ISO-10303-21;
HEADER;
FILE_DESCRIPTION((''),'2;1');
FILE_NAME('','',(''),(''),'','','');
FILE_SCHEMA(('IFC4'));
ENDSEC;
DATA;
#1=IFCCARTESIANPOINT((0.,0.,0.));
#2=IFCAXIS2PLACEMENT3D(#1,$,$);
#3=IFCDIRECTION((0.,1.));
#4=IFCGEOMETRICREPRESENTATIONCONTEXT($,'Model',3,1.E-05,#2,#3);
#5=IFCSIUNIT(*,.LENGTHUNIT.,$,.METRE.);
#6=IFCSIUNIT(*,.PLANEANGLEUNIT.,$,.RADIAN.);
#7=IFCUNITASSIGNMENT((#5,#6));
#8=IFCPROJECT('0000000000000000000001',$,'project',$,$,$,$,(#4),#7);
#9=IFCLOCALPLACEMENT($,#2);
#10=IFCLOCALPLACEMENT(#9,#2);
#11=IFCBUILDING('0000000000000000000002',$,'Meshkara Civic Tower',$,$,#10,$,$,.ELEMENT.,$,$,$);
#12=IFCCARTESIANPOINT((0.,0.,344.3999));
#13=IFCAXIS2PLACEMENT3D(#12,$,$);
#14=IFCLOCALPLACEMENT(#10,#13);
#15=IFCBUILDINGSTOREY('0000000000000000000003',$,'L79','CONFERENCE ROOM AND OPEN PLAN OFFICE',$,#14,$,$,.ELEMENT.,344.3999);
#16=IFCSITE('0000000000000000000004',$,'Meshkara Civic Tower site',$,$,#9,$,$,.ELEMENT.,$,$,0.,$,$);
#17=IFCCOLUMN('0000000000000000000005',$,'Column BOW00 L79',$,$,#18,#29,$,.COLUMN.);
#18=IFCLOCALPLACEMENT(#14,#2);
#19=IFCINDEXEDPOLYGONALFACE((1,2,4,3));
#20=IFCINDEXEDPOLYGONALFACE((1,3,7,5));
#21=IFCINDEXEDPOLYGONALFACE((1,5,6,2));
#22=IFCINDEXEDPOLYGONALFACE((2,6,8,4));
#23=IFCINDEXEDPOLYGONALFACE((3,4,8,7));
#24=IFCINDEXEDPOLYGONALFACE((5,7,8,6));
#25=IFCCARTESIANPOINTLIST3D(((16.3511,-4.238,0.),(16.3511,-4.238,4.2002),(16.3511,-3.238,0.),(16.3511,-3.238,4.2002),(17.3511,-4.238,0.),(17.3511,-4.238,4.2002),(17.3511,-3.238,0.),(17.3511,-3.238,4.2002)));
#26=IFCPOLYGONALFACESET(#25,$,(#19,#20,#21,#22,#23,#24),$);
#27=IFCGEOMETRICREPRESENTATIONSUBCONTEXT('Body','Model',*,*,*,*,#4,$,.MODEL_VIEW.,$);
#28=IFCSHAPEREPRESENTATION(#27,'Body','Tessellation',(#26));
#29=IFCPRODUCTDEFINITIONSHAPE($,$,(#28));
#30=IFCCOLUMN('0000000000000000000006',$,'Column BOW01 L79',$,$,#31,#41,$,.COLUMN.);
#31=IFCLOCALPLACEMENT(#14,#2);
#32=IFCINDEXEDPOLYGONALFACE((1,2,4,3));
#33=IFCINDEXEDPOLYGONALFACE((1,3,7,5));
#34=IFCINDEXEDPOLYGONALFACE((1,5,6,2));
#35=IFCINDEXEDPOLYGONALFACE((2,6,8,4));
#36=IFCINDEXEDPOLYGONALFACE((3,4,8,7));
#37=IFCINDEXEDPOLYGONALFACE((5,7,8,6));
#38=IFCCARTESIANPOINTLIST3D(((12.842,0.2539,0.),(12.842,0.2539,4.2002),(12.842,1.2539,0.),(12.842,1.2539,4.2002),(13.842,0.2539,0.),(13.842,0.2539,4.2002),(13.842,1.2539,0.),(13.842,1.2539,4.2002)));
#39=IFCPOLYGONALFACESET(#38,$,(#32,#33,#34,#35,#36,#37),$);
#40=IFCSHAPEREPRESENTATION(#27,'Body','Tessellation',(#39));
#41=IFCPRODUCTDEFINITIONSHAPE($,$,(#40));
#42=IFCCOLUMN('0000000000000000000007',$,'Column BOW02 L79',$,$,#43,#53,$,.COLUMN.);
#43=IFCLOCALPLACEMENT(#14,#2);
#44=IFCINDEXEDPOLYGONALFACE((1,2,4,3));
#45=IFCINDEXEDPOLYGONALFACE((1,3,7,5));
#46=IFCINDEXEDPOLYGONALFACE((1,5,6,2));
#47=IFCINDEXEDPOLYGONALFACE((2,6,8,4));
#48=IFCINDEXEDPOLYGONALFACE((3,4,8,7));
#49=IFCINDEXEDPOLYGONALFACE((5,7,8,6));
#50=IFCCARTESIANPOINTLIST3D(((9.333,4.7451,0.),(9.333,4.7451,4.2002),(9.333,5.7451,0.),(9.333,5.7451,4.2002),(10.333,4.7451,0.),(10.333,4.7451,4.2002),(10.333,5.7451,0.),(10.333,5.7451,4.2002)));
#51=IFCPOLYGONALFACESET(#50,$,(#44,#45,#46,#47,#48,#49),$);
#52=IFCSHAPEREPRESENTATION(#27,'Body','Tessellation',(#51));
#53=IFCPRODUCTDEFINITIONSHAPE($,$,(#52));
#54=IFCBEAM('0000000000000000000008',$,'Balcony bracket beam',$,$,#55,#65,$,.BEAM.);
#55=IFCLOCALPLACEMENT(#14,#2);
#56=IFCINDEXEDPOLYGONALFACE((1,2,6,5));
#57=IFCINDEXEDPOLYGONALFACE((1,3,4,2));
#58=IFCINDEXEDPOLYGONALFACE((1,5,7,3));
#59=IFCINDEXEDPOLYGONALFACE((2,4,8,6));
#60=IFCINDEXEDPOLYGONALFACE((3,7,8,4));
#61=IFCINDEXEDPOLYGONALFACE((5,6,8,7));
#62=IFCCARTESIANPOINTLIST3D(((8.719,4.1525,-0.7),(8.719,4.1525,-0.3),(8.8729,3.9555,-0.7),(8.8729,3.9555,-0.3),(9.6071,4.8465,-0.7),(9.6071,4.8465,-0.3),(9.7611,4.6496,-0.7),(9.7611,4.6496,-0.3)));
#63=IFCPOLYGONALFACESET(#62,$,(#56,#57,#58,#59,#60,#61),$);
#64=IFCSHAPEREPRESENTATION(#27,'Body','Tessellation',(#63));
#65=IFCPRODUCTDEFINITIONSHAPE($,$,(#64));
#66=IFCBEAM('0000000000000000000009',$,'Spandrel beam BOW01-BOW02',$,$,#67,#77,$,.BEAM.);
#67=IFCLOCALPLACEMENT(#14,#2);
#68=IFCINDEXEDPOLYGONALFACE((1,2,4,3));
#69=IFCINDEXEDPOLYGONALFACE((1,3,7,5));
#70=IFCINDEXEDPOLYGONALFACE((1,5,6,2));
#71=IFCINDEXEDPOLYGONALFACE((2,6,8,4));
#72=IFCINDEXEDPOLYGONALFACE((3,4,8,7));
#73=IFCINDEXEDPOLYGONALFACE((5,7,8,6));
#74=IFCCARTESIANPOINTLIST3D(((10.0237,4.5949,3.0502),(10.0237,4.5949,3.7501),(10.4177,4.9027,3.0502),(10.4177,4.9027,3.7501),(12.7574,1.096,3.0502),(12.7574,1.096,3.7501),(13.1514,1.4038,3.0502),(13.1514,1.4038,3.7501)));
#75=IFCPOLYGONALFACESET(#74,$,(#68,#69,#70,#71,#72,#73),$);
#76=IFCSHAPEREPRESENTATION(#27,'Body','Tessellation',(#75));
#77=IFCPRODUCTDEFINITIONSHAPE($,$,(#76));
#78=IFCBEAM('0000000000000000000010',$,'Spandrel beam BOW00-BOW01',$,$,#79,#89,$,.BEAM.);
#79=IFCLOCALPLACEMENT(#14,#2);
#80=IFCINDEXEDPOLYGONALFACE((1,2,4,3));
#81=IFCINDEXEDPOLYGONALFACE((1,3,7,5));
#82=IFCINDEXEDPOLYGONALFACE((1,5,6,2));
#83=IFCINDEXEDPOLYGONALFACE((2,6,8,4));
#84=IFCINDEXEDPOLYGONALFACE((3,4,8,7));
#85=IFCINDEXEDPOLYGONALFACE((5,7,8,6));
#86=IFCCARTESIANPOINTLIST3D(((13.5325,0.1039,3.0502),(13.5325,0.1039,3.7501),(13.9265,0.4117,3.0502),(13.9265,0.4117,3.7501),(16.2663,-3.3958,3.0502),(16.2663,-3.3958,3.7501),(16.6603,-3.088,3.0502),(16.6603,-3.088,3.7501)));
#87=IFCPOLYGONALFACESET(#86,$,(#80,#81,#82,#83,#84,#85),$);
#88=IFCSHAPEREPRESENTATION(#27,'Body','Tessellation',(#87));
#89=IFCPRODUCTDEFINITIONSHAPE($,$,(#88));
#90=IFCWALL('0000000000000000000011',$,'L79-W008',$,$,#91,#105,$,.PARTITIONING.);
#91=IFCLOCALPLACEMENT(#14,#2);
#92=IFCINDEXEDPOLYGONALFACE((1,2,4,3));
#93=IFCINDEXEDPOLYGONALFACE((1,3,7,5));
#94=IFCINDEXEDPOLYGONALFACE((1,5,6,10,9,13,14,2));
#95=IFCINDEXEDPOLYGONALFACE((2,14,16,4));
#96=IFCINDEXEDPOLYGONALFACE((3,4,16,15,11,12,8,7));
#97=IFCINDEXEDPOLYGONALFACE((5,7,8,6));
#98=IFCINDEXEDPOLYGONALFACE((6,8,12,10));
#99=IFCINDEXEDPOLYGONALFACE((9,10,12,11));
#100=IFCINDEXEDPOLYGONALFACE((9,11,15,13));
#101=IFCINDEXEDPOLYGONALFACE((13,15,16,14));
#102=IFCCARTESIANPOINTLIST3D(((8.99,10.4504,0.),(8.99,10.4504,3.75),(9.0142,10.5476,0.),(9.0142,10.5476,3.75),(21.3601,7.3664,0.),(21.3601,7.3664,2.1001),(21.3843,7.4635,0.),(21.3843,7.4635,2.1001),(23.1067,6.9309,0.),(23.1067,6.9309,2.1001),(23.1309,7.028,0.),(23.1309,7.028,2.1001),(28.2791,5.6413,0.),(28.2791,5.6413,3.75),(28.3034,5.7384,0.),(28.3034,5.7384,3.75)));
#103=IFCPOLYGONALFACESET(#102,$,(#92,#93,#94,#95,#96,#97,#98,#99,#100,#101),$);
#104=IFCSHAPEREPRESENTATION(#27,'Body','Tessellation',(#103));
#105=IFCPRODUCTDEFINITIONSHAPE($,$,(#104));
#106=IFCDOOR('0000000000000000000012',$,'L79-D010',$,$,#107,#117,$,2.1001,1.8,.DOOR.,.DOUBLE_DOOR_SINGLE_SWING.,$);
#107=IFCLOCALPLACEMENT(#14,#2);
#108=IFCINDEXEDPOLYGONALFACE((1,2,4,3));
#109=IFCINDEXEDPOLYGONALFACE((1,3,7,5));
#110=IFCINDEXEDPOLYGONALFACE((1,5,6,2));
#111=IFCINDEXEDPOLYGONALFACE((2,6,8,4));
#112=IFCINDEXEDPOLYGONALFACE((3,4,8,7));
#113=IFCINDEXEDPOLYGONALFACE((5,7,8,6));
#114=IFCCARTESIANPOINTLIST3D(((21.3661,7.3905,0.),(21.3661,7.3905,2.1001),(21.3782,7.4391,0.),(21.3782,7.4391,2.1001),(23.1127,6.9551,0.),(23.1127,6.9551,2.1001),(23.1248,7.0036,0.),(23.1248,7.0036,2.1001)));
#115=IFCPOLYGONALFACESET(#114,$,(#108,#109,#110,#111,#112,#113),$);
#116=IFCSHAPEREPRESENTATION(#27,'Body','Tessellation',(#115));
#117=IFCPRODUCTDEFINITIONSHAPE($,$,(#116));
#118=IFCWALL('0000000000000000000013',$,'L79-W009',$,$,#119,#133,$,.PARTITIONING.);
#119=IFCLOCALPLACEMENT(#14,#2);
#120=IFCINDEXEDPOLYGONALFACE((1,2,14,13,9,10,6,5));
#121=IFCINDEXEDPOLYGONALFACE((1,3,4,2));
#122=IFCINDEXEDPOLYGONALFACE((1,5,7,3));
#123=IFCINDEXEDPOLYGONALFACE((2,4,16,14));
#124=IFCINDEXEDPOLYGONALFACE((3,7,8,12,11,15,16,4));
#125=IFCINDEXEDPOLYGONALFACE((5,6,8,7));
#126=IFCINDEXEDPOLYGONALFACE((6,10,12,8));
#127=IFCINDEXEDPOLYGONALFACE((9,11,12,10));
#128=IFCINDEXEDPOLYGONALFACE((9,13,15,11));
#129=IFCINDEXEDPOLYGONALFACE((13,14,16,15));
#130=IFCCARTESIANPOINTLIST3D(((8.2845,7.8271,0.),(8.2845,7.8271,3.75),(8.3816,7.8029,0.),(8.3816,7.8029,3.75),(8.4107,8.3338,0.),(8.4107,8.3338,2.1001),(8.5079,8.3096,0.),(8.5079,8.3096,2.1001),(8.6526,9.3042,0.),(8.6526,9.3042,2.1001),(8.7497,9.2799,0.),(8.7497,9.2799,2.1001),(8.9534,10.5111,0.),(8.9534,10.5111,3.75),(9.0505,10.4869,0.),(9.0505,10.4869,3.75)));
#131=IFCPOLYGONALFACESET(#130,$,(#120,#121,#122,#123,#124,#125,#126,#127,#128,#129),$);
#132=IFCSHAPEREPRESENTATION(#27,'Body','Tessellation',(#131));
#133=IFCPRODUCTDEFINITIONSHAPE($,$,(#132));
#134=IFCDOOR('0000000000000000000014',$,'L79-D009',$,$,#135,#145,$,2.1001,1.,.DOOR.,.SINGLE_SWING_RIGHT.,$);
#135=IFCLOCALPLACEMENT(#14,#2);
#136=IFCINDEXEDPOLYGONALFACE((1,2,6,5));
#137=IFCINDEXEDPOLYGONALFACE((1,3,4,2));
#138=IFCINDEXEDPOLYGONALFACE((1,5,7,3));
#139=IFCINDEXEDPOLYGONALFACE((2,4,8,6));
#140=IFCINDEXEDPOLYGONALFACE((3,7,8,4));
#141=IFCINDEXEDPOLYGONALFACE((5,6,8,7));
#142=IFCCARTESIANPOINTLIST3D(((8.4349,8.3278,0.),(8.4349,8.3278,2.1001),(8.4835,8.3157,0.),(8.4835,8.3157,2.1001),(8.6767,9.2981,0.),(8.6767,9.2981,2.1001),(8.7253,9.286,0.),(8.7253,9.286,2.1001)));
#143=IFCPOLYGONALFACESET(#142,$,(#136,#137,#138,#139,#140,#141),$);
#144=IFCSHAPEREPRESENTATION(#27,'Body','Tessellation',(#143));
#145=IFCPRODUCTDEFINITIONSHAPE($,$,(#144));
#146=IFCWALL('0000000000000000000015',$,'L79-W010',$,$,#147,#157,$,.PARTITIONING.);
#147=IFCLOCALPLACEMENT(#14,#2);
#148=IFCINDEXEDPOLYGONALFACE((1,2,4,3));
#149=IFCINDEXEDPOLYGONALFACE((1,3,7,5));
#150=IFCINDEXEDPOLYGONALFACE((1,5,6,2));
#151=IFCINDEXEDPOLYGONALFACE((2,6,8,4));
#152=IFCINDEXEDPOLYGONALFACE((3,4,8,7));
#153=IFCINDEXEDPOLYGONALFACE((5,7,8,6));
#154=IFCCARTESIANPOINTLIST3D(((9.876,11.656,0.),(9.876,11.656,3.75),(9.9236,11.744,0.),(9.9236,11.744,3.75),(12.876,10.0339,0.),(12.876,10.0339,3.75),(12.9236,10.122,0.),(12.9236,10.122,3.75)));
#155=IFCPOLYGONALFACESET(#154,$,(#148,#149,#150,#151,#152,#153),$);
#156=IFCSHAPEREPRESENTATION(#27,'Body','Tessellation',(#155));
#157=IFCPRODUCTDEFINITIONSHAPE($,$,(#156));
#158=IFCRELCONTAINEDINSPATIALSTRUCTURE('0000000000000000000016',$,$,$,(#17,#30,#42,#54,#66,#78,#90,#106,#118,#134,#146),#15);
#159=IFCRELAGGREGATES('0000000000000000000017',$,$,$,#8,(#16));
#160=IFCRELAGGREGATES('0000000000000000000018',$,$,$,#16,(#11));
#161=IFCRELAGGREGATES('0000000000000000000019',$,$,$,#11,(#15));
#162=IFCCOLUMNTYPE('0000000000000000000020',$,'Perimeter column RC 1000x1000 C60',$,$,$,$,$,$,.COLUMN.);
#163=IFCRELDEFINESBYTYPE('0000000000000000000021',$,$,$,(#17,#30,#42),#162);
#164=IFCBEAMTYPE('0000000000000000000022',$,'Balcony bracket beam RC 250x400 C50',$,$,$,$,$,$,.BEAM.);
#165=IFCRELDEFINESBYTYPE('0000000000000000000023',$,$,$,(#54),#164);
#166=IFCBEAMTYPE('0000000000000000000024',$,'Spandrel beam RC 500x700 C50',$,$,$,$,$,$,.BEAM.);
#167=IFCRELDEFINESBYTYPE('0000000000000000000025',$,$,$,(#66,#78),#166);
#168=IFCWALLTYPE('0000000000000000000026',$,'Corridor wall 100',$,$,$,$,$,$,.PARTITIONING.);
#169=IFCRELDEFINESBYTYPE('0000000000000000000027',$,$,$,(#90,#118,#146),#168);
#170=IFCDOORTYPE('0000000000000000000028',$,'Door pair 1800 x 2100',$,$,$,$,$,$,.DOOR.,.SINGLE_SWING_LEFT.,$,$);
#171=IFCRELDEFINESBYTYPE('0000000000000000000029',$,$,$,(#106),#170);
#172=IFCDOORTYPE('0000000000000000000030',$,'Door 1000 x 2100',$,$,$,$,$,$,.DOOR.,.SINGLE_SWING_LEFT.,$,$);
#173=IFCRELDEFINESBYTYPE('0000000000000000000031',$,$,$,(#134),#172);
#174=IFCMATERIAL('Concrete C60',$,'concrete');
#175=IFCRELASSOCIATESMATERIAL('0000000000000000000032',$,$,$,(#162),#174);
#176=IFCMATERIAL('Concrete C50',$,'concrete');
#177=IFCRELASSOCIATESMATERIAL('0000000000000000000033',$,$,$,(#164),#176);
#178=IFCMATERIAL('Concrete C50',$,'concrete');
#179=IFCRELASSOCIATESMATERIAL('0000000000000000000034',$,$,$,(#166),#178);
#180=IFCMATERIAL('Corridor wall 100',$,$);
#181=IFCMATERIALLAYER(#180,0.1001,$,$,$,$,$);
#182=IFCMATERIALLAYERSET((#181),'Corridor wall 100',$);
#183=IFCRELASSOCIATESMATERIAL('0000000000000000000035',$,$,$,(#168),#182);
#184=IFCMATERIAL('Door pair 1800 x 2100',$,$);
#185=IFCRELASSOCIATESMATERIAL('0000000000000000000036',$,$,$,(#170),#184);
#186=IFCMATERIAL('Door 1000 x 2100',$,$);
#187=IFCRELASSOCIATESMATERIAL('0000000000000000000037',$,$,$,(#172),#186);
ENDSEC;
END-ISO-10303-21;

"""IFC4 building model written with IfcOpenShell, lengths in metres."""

from ifc_helpers import new_model, si_unit, direction, frame, frame_2d, origin, origin_2d, place, context, subcontext, project, spatial, rectangle, extrude, material, layer, layer_set, material_profile, profile_set, type_object, element, fill, save


model = new_model("IFC4")

# Units and contexts
model_context = context("Model", 3, precision=1e-05, world=origin(), true_north=direction((0.0, 1.0)))
body_context = subcontext(model_context, "Body", "Model", "MODEL_VIEW")
ifc_project = project(units=[si_unit("LENGTHUNIT", "METRE"), si_unit("PLANEANGLEUNIT", "RADIAN")], contexts=[model_context])

# Site, building, storey
site_placement = place(None, origin())
site = spatial("IfcSite", under=ifc_project, at=site_placement, Name="Meshkara Civic Tower site", CompositionType="ELEMENT", RefElevation=0.0)
building_placement = place(site_placement, origin())
building = spatial("IfcBuilding", under=site, at=building_placement, Name="Meshkara Civic Tower", CompositionType="ELEMENT")
storey_placement = place(building_placement, frame((0.0, 0.0, 344.3999)))
storey = spatial("IfcBuildingStorey", under=building, at=storey_placement, Name="L79", Description="CONFERENCE ROOM AND OPEN PLAN OFFICE", CompositionType="ELEMENT", Elevation=344.3999)

# Columns
ifc_material_1 = material(Name="Concrete C60", Category="concrete")
ifc_material_profile_1 = material_profile(ifc_material_1, rectangle(XDim=1.0, YDim=1.0, at=origin_2d()))
ifc_profile_set_1 = profile_set([ifc_material_profile_1], Name="Concrete C60")
column_type = type_object("IfcColumnType", Name="Perimeter column RC 1000x1000 C60", PredefinedType="COLUMN", material=ifc_profile_set_1)
for number, where, z_axis, x_axis, name in (
    (1, (16.8511, -3.738, 0.0), (0.0, 0.0, 1.0), (1.0, 0.0, 0.0), "Column BOW00 L79"),
    (2, (13.342, 0.7539, 0.0), (0.0, 0.0, 1.0), (1.0, 0.0, 0.0), "Column BOW01 L79"),
    (3, (9.833, 5.2451, 0.0), (0.0, 0.0, 1.0), (1.0, 0.0, 0.0), "Column BOW02 L79"),
):
    element("IfcColumn", number, at=place(storey_placement, frame(where, z_axis=z_axis, x_axis=x_axis)), inside=storey, type_object=column_type, Name=name, PredefinedType="COLUMN", context=body_context, shape_type="SweptSolid", body=[
        extrude(rectangle(XDim=1.0, YDim=1.0, at=origin_2d()), origin(), (0.0, 0.0, 1.0), 4.2002),
    ])

# Beams
ifc_material_2 = material(Name="Concrete C50", Category="concrete")
ifc_material_profile_2 = material_profile(ifc_material_2, rectangle(XDim=0.25, YDim=0.3999, at=origin_2d()))
ifc_profile_set_2 = profile_set([ifc_material_profile_2], Name="Concrete C50")
beam_type_1 = type_object("IfcBeamType", Name="Balcony bracket beam RC 250x400 C50", PredefinedType="BEAM", material=ifc_profile_set_2)
beam_1_placement = place(storey_placement, frame((9.6841, 4.748, -0.5), z_axis=(-0.787939, -0.615753, 0.0), x_axis=(0.615753, -0.787939, 0.0)))
element("IfcBeam", 4, at=beam_1_placement, inside=storey, type_object=beam_type_1, Name="Balcony bracket beam", PredefinedType="BEAM", context=body_context, shape_type="SweptSolid", body=[
    extrude(rectangle(XDim=0.25, YDim=0.3999, at=origin_2d()), origin(), (0.0, 0.0, 1.0), 1.1272),
])
ifc_material_3 = material(Name="Concrete C50", Category="concrete")
ifc_material_profile_3 = material_profile(ifc_material_3, rectangle(XDim=0.5, YDim=0.7, at=origin_2d()))
ifc_profile_set_3 = profile_set([ifc_material_profile_3], Name="Concrete C50")
beam_type_2 = type_object("IfcBeamType", Name="Spandrel beam RC 500x700 C50", PredefinedType="BEAM", material=ifc_profile_set_3)
beam_2_placement = place(storey_placement, frame((10.2207, 4.7488, 3.4001), z_axis=(0.615675, -0.788, 0.0), x_axis=(0.788, 0.615675, 0.0)))
element("IfcBeam", 5, at=beam_2_placement, inside=storey, type_object=beam_type_2, Name="Spandrel beam BOW01-BOW02", PredefinedType="BEAM", context=body_context, shape_type="SweptSolid", body=[
    extrude(rectangle(XDim=0.5, YDim=0.7, at=origin_2d()), origin(), (0.0, 0.0, 1.0), 4.4402),
])
beam_3_placement = place(storey_placement, frame((13.7295, 0.2578, 3.4001), z_axis=(0.615602, -0.788057, 0.0), x_axis=(0.788057, 0.615602, 0.0)))
element("IfcBeam", 6, at=beam_3_placement, inside=storey, type_object=beam_type_2, Name="Spandrel beam BOW00-BOW01", PredefinedType="BEAM", context=body_context, shape_type="SweptSolid", body=[
    extrude(rectangle(XDim=0.5, YDim=0.7, at=origin_2d()), origin(), (0.0, 0.0, 1.0), 4.4409),
])

# Walls, openings, doors
ifc_material_4 = material(Name="Corridor wall 100")
ifc_layer_1 = layer(ifc_material_4, 0.1001)
ifc_layer_set_1 = layer_set([ifc_layer_1], Name="Corridor wall 100")
wall_type_1 = type_object("IfcWallType", Name="Corridor wall 100", PredefinedType="PARTITIONING", material=ifc_layer_set_1)
wall_1_placement = place(storey_placement, frame((9.002, 10.499, 0.0), z_axis=(0.0, 0.0, 1.0), x_axis=(0.970298, -0.241911, 0.0)))
wall_1 = element("IfcWall", 7, at=wall_1_placement, inside=storey, type_object=wall_type_1, Name="L79-W008", PredefinedType="PARTITIONING", context=body_context, shape_type="SweptSolid", body=[
    extrude(rectangle(XDim=19.8796, YDim=0.1001, at=frame_2d((9.9399, 0.0))), origin(), (0.0, 0.0, 1.0), 3.75),
])
opening_1_placement = place(wall_1_placement, frame((12.749, 0.0, 0.0)))
opening_1 = element("IfcOpeningElement", 8, at=opening_1_placement, cuts=wall_1, PredefinedType="OPENING", context=body_context, shape_type="SweptSolid", body=[
    extrude(rectangle(XDim=1.8, YDim=2.1001, at=frame_2d((0.8999, 1.05))), frame((0.0, 0.0601, 0.0), z_axis=(0.0, -1.0, 0.0), x_axis=(1.0, 0.0, 0.0)), (0.0, 0.0, 1.0), 0.1201),
])
ifc_material_5 = material(Name="Door pair 1800 x 2100")
door_type_1 = type_object("IfcDoorType", Name="Door pair 1800 x 2100", OperationType="SINGLE_SWING_LEFT", PredefinedType="DOOR", material=ifc_material_5)
door_1_placement = place(opening_1_placement, origin())
door_1 = element("IfcDoor", 9, at=door_1_placement, inside=storey, type_object=door_type_1, Name="L79-D010", OperationType="DOUBLE_DOOR_SINGLE_SWING", OverallHeight=2.1001, OverallWidth=1.8, PredefinedType="DOOR", context=body_context, shape_type="SweptSolid", body=[
    extrude(rectangle(XDim=1.8, YDim=2.1001, at=frame_2d((0.8999, 1.05))), frame((0.0, 0.0249, 0.0), z_axis=(0.0, -1.0, 0.0), x_axis=(1.0, 0.0, 0.0)), (0.0, 0.0, 1.0), 0.05),
])
fill(opening_1, door_1)
wall_2_placement = place(storey_placement, frame((9.002, 10.499, 0.0), z_axis=(0.0, 0.0, 1.0), x_axis=(-0.241829, -0.970319, 0.0)))
wall_2 = element("IfcWall", 10, at=wall_2_placement, inside=storey, type_object=wall_type_1, Name="L79-W009", PredefinedType="PARTITIONING", context=body_context, shape_type="SweptSolid", body=[
    extrude(rectangle(XDim=2.7661, YDim=0.1001, at=frame_2d((1.3831, 0.0))), origin(), (0.0, 0.0, 1.0), 3.75),
])
opening_2_placement = place(wall_2_placement, frame((1.2439, 0.0, 0.0)))
opening_2 = element("IfcOpeningElement", 11, at=opening_2_placement, cuts=wall_2, PredefinedType="OPENING", context=body_context, shape_type="SweptSolid", body=[
    extrude(rectangle(XDim=1.0, YDim=2.1001, at=frame_2d((0.5, 1.05))), frame((0.0, 0.0601, 0.0), z_axis=(0.0, -1.0, 0.0), x_axis=(1.0, 0.0, 0.0)), (0.0, 0.0, 1.0), 0.1201),
])
ifc_material_6 = material(Name="Door 1000 x 2100")
door_type_2 = type_object("IfcDoorType", Name="Door 1000 x 2100", OperationType="SINGLE_SWING_LEFT", PredefinedType="DOOR", material=ifc_material_6)
door_2_placement = place(opening_2_placement, origin())
door_2 = element("IfcDoor", 12, at=door_2_placement, inside=storey, type_object=door_type_2, Name="L79-D009", OperationType="SINGLE_SWING_RIGHT", OverallHeight=2.1001, OverallWidth=1.0, PredefinedType="DOOR", context=body_context, shape_type="SweptSolid", body=[
    extrude(rectangle(XDim=1.0, YDim=2.1001, at=frame_2d((0.5, 1.05))), frame((0.0, 0.0249, 0.0), z_axis=(0.0, -1.0, 0.0), x_axis=(1.0, 0.0, 0.0)), (0.0, 0.0, 1.0), 0.05),
])
fill(opening_2, door_2)

# Wall
wall_3_placement = place(storey_placement, frame((9.8999, 11.7, 0.0), z_axis=(0.0, 0.0, 1.0), x_axis=(0.879651, -0.475619, 0.0)))
element("IfcWall", 13, at=wall_3_placement, inside=storey, type_object=wall_type_1, Name="L79-W010", PredefinedType="PARTITIONING", context=body_context, shape_type="SweptSolid", body=[
    extrude(rectangle(XDim=3.4104, YDim=0.1001, at=frame_2d((1.7051, 0.0))), origin(), (0.0, 0.0, 1.0), 3.75),
])

save(model, "model.ifc")
